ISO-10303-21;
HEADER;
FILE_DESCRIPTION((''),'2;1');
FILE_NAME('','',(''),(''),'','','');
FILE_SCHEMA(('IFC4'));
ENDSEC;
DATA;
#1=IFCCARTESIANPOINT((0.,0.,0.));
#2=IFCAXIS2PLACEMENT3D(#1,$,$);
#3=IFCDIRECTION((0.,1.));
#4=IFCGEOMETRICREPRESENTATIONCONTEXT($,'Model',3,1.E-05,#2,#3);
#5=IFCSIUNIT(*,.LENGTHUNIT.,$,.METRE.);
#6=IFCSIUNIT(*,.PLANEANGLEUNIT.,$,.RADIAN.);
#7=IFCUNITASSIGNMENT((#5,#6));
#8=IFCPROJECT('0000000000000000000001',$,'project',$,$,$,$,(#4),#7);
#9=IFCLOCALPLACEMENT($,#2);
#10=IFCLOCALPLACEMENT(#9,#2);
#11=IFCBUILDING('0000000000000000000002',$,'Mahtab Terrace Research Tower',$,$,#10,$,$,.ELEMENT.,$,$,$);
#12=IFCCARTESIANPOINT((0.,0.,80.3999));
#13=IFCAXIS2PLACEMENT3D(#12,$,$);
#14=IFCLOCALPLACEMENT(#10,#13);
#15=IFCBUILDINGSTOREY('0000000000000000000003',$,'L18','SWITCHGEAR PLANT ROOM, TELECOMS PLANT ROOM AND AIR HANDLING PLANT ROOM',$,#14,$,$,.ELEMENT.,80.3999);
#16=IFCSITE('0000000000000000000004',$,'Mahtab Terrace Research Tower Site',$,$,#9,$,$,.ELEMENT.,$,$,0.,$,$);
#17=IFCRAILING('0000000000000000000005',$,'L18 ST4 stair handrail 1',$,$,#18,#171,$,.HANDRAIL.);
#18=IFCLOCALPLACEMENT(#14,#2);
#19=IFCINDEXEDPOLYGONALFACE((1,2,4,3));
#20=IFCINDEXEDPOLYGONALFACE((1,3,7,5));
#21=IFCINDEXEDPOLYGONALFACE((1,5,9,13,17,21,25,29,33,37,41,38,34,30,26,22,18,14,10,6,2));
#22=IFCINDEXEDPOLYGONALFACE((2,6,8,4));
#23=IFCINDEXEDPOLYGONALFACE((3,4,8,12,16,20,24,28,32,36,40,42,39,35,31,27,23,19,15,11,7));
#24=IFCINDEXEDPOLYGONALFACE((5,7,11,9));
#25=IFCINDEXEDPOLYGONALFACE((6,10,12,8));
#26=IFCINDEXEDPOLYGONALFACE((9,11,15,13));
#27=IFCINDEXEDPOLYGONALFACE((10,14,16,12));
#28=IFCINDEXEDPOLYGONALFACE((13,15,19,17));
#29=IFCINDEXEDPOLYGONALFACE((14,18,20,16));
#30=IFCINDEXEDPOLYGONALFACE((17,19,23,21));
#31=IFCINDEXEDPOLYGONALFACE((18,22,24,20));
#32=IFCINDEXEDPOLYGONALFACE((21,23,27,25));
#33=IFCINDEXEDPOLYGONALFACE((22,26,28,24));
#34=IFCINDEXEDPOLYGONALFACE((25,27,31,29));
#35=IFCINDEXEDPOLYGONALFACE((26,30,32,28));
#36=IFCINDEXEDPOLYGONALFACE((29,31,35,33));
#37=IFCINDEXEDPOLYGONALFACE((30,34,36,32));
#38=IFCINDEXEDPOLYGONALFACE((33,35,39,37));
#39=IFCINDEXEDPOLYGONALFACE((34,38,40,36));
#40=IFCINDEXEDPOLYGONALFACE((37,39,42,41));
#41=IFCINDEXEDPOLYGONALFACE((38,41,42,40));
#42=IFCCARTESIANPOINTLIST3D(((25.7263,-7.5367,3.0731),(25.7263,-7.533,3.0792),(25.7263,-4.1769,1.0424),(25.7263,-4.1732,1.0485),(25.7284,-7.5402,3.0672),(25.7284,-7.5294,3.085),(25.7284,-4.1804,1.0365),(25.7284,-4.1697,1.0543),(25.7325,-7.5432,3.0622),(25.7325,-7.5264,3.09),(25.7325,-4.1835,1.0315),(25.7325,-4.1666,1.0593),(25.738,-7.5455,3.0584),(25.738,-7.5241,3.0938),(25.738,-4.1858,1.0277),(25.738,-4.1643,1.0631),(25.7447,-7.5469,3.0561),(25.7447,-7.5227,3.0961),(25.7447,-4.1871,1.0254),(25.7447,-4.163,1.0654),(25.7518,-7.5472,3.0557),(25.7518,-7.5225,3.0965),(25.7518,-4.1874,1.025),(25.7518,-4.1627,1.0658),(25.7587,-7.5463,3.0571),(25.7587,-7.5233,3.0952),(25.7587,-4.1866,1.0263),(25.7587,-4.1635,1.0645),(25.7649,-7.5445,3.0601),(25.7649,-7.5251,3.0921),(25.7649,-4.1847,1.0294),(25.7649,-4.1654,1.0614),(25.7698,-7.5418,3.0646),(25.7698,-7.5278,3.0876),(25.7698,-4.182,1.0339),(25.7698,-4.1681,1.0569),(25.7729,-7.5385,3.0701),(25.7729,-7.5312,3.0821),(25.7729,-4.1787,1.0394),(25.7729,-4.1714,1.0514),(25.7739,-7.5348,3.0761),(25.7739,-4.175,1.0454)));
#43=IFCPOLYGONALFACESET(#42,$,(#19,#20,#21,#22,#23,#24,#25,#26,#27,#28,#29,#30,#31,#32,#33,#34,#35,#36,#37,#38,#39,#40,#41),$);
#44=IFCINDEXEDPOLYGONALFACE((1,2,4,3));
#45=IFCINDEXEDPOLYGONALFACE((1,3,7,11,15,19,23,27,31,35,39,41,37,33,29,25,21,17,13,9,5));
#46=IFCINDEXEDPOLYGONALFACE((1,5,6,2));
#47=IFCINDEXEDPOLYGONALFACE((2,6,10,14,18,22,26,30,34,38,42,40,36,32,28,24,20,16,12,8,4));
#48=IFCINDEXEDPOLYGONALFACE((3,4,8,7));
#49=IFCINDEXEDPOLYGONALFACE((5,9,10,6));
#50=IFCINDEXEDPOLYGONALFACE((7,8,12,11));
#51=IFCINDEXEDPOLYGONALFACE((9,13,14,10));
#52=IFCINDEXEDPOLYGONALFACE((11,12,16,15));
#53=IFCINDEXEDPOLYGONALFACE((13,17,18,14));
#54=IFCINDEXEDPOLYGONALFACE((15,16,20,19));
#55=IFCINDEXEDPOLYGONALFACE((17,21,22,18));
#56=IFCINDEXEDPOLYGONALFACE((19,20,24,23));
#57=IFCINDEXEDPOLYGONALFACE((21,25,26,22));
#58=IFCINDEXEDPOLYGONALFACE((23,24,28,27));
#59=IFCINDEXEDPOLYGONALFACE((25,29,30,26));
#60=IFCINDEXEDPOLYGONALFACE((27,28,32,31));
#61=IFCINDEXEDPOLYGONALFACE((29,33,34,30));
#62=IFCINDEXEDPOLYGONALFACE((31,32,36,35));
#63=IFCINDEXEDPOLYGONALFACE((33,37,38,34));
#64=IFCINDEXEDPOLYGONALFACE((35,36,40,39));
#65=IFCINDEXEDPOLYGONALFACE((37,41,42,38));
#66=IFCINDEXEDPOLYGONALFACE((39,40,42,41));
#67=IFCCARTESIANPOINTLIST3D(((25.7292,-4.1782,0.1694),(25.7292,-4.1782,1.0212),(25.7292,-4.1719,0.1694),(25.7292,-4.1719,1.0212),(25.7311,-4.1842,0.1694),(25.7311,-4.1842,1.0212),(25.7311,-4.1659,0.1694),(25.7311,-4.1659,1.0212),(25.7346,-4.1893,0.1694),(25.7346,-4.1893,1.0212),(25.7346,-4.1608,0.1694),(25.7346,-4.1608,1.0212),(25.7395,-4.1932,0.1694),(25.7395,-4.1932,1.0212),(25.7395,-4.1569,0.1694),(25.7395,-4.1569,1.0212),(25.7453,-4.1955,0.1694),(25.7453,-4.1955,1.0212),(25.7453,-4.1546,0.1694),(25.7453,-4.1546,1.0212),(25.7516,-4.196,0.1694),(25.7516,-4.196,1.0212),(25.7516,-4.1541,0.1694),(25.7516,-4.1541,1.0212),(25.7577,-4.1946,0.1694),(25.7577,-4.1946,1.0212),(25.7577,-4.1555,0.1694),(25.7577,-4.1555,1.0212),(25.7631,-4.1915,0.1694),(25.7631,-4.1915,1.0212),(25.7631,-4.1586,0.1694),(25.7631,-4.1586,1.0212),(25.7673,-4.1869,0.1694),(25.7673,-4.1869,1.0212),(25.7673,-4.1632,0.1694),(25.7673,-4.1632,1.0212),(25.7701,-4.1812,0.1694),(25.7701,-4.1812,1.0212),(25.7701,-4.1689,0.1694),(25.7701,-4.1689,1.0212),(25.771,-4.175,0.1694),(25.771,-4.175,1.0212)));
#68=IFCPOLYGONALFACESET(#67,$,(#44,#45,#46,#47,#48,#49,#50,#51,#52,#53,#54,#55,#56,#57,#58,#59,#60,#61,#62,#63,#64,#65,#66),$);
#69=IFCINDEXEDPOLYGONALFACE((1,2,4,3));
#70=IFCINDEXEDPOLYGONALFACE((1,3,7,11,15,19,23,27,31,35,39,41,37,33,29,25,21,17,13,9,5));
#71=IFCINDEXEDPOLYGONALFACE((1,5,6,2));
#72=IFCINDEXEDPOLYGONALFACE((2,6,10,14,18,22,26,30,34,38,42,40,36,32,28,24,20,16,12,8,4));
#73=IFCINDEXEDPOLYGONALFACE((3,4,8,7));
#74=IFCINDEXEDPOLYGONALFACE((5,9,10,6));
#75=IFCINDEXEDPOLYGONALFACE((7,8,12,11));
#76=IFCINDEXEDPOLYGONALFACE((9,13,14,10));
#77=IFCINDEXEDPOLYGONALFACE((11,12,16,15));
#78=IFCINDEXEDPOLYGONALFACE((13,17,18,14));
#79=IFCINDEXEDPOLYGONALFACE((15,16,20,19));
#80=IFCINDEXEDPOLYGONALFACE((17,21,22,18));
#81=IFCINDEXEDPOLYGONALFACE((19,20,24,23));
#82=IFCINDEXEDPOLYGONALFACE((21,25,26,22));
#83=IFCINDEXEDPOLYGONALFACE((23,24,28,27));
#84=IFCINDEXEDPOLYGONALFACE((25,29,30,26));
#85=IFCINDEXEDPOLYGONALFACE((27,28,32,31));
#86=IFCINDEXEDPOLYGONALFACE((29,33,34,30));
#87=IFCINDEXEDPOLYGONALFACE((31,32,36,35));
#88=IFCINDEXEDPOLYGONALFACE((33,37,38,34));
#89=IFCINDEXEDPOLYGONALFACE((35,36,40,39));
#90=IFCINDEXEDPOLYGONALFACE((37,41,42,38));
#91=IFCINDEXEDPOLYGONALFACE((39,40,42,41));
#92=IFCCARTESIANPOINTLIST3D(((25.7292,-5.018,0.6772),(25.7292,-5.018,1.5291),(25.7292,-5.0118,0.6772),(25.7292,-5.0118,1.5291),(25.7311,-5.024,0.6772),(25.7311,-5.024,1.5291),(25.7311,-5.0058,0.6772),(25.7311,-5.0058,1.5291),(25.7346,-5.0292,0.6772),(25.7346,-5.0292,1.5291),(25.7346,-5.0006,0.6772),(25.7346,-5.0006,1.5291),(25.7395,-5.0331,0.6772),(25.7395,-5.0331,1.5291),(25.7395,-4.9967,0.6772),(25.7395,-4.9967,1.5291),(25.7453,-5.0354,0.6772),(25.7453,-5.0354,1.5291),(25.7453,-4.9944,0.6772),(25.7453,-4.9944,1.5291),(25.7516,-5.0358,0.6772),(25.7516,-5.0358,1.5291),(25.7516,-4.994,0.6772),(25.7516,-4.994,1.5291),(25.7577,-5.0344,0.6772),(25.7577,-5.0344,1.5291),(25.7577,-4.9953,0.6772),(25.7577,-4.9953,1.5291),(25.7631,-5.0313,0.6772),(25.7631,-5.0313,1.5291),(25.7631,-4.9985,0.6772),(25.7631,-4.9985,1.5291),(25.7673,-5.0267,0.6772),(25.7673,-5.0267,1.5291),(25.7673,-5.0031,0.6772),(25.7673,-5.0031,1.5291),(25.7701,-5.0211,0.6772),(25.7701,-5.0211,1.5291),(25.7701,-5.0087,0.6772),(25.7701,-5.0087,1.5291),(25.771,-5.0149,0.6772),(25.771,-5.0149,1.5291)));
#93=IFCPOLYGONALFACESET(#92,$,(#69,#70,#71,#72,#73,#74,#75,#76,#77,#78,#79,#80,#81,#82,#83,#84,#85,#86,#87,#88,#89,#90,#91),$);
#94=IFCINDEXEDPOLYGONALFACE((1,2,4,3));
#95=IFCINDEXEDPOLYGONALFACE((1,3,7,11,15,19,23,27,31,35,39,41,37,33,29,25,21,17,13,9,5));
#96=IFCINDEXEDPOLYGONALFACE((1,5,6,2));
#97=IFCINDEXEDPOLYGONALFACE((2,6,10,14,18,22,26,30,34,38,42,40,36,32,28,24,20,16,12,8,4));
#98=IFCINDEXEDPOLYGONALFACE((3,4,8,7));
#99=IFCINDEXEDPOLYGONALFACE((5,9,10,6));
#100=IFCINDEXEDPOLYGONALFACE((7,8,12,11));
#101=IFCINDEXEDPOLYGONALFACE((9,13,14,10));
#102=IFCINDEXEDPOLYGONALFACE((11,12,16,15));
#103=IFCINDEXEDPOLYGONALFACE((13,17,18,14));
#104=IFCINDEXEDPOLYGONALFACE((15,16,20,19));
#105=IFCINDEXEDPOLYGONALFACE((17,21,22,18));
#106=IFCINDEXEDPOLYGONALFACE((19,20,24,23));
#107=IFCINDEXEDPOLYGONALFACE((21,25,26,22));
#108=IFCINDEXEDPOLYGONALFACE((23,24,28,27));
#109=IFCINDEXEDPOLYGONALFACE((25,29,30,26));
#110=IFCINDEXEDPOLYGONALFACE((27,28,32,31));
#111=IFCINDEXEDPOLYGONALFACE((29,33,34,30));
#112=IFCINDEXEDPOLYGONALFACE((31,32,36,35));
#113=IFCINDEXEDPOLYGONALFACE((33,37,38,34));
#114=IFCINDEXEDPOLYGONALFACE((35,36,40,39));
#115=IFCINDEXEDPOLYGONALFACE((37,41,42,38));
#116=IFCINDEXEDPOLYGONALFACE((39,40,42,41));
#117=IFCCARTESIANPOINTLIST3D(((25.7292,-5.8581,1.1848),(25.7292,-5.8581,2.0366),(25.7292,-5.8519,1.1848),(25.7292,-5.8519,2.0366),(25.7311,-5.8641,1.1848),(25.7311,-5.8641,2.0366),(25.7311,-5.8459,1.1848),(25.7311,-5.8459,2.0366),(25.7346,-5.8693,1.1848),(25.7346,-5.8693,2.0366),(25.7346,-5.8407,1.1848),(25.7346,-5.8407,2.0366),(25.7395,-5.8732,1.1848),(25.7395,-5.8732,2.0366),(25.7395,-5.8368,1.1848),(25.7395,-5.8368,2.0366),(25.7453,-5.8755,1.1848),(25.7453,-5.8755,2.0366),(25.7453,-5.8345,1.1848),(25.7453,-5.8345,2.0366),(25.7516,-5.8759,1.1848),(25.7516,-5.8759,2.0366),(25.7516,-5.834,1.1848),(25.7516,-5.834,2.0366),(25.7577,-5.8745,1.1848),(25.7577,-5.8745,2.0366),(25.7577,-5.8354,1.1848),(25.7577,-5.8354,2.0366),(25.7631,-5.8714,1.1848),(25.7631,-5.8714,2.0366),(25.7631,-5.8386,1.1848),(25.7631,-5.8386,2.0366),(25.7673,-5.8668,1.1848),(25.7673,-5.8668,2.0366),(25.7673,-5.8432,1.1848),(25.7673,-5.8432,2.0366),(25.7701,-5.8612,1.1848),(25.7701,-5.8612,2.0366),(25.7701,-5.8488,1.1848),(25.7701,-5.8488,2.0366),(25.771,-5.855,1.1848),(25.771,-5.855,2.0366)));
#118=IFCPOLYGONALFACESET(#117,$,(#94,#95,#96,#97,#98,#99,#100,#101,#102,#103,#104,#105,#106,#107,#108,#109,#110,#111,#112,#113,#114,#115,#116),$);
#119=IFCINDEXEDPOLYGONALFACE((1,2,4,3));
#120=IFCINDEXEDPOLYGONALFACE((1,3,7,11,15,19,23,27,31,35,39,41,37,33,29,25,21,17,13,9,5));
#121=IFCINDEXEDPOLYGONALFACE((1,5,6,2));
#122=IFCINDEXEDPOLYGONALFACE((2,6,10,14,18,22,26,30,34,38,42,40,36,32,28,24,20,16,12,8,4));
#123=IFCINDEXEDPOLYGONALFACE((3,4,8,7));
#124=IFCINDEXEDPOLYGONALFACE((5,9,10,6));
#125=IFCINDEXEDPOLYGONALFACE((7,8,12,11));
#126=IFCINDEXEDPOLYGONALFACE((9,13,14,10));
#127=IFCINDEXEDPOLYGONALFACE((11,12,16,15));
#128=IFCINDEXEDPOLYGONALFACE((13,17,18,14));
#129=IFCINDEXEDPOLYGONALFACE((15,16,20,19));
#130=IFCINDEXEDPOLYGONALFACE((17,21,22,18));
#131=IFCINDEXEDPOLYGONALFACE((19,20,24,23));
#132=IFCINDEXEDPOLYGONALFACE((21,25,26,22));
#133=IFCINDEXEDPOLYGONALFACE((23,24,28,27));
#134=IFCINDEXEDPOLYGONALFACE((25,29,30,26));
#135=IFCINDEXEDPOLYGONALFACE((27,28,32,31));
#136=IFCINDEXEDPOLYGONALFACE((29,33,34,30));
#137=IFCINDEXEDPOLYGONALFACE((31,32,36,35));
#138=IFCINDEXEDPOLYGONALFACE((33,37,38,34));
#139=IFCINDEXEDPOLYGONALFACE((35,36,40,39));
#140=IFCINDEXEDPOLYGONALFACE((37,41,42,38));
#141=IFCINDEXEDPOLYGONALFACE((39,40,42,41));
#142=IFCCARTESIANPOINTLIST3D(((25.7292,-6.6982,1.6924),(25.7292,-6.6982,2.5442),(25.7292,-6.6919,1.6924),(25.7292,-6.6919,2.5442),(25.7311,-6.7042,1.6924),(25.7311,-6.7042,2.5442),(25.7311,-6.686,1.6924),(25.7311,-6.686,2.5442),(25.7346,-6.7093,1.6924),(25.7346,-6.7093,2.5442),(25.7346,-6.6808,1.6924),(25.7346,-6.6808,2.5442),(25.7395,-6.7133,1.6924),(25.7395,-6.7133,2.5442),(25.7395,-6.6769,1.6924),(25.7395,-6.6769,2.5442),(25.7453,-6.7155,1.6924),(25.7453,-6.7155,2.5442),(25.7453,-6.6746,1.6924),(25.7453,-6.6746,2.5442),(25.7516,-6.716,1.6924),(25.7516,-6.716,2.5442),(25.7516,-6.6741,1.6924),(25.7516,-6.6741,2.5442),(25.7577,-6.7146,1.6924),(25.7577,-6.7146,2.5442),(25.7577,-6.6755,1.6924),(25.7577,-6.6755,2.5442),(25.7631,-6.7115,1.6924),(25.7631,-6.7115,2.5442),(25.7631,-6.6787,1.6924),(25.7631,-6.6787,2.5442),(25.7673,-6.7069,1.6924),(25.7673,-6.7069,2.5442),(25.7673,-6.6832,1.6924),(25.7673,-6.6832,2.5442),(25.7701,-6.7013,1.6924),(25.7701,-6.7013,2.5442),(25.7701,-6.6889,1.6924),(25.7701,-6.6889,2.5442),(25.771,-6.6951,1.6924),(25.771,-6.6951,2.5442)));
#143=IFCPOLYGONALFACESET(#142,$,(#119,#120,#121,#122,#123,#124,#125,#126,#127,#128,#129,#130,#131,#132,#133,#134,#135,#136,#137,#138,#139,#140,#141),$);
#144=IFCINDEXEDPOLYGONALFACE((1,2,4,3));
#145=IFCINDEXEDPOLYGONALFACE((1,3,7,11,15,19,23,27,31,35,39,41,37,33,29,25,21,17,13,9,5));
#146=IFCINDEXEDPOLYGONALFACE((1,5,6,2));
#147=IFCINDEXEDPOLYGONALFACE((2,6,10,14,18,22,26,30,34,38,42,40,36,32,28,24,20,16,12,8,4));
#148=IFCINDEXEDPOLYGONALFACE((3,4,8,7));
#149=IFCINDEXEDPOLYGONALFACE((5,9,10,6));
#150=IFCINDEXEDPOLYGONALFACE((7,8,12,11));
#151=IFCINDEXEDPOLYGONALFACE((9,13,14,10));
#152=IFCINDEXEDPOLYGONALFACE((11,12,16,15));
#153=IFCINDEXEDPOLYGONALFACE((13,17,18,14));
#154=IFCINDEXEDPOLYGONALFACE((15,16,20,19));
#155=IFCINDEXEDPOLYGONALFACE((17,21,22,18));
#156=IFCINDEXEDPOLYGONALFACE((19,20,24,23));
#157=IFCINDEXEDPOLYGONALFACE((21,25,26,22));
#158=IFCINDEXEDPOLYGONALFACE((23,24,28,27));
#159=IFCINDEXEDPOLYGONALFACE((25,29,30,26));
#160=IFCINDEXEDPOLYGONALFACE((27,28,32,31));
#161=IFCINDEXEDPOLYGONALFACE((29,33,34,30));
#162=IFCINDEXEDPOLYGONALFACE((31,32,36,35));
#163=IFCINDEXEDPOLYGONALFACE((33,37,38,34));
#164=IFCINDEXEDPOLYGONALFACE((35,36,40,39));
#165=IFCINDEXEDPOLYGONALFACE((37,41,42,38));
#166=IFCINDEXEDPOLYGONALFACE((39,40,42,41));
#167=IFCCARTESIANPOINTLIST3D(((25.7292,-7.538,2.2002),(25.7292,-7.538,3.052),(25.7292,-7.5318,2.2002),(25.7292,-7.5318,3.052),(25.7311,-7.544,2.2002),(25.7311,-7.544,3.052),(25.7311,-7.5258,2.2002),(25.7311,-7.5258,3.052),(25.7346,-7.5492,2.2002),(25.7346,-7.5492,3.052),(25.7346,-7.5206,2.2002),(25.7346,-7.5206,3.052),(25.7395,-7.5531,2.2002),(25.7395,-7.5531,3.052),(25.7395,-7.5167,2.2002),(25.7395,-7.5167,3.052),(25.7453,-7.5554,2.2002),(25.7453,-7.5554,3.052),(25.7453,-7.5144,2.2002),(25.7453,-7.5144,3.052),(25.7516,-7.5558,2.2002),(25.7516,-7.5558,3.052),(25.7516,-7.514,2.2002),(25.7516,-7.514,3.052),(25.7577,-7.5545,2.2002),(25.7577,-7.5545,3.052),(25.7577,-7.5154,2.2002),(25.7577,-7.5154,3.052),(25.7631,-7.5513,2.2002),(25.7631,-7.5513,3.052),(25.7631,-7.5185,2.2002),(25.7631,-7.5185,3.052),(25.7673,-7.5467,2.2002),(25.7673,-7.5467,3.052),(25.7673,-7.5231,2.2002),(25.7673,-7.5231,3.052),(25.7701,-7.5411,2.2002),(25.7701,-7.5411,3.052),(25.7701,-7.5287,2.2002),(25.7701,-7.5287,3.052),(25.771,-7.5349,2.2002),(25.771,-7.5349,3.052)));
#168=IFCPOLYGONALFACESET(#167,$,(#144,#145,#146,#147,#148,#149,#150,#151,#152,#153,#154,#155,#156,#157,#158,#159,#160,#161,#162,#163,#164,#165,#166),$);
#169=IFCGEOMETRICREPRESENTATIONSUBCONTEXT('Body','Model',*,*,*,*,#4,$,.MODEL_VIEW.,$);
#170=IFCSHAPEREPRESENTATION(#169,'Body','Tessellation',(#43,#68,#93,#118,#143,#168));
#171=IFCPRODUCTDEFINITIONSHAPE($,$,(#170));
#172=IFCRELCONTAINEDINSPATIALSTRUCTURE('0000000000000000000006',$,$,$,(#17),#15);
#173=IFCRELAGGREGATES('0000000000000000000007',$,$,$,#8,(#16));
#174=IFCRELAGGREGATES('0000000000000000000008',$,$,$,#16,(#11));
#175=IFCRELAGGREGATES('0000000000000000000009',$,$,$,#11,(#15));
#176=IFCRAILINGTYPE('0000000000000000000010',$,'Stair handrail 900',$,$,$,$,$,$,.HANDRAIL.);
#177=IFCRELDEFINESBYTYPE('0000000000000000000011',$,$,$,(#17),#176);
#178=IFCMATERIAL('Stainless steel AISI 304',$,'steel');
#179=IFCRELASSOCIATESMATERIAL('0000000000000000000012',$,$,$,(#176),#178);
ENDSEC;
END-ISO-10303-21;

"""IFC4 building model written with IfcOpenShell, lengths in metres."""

from ifc_helpers import new_model, si_unit, direction, frame, origin, origin_2d, place, context, subcontext, project, spatial, circle, extrude, material, type_object, element, save


model = new_model("IFC4")

# Units and contexts
model_context = context("Model", 3, precision=1e-05, world=origin(), true_north=direction((0.0, 1.0)))
body_context = subcontext(model_context, "Body", "Model", "MODEL_VIEW")
ifc_project = project(units=[si_unit("LENGTHUNIT", "METRE"), si_unit("PLANEANGLEUNIT", "RADIAN")], contexts=[model_context])

# Site, building, storey
site_placement = place(None, origin())
site = spatial("IfcSite", under=ifc_project, at=site_placement, Name="Mahtab Terrace Research Tower Site", CompositionType="ELEMENT", RefElevation=0.0)
building_placement = place(site_placement, origin())
building = spatial("IfcBuilding", under=site, at=building_placement, Name="Mahtab Terrace Research Tower", CompositionType="ELEMENT")
storey_placement = place(building_placement, frame((0.0, 0.0, 80.3999)))
storey = spatial("IfcBuildingStorey", under=building, at=storey_placement, Name="L18", Description="SWITCHGEAR PLANT ROOM, TELECOMS PLANT ROOM AND AIR HANDLING PLANT ROOM", CompositionType="ELEMENT", Elevation=80.3999)

# Shared definitions
ifc_material_1 = material(Name="Stainless steel AISI 304", Category="steel")

# Railing
railing_type_1 = type_object("IfcRailingType", Name="Stair handrail 900", PredefinedType="HANDRAIL", material=ifc_material_1)
railing_1_placement = place(storey_placement, frame((25.75, -4.175, 0.1694)))
element("IfcRailing", 1, at=railing_1_placement, inside=storey, type_object=railing_type_1, Name="L18 ST4 stair handrail 1", PredefinedType="HANDRAIL", context=body_context, shape_type="SweptSolid", body=[
    extrude(circle(Radius=0.0239, at=origin_2d()), frame((0.0, 0.0, 0.876), z_axis=(0.0, -0.85582, 0.517273), x_axis=(1.0, 0.0, 0.0)), (0.0, 0.0, 1.0), 3.9258),
    extrude(circle(Radius=0.021, at=origin_2d()), origin(), (0.0, 0.0, 1.0), 0.8518),
    extrude(circle(Radius=0.021, at=origin_2d()), frame((0.0, -0.8398, 0.5078)), (0.0, 0.0, 1.0), 0.8518),
    extrude(circle(Radius=0.021, at=origin_2d()), frame((0.0, -1.6799, 1.0154)), (0.0, 0.0, 1.0), 0.8518),
    extrude(circle(Radius=0.021, at=origin_2d()), frame((0.0, -2.52, 1.5229)), (0.0, 0.0, 1.0), 0.8518),
    extrude(circle(Radius=0.021, at=origin_2d()), frame((0.0, -3.3599, 2.0308)), (0.0, 0.0, 1.0), 0.8518),
])

save(model, "model.ifc")
